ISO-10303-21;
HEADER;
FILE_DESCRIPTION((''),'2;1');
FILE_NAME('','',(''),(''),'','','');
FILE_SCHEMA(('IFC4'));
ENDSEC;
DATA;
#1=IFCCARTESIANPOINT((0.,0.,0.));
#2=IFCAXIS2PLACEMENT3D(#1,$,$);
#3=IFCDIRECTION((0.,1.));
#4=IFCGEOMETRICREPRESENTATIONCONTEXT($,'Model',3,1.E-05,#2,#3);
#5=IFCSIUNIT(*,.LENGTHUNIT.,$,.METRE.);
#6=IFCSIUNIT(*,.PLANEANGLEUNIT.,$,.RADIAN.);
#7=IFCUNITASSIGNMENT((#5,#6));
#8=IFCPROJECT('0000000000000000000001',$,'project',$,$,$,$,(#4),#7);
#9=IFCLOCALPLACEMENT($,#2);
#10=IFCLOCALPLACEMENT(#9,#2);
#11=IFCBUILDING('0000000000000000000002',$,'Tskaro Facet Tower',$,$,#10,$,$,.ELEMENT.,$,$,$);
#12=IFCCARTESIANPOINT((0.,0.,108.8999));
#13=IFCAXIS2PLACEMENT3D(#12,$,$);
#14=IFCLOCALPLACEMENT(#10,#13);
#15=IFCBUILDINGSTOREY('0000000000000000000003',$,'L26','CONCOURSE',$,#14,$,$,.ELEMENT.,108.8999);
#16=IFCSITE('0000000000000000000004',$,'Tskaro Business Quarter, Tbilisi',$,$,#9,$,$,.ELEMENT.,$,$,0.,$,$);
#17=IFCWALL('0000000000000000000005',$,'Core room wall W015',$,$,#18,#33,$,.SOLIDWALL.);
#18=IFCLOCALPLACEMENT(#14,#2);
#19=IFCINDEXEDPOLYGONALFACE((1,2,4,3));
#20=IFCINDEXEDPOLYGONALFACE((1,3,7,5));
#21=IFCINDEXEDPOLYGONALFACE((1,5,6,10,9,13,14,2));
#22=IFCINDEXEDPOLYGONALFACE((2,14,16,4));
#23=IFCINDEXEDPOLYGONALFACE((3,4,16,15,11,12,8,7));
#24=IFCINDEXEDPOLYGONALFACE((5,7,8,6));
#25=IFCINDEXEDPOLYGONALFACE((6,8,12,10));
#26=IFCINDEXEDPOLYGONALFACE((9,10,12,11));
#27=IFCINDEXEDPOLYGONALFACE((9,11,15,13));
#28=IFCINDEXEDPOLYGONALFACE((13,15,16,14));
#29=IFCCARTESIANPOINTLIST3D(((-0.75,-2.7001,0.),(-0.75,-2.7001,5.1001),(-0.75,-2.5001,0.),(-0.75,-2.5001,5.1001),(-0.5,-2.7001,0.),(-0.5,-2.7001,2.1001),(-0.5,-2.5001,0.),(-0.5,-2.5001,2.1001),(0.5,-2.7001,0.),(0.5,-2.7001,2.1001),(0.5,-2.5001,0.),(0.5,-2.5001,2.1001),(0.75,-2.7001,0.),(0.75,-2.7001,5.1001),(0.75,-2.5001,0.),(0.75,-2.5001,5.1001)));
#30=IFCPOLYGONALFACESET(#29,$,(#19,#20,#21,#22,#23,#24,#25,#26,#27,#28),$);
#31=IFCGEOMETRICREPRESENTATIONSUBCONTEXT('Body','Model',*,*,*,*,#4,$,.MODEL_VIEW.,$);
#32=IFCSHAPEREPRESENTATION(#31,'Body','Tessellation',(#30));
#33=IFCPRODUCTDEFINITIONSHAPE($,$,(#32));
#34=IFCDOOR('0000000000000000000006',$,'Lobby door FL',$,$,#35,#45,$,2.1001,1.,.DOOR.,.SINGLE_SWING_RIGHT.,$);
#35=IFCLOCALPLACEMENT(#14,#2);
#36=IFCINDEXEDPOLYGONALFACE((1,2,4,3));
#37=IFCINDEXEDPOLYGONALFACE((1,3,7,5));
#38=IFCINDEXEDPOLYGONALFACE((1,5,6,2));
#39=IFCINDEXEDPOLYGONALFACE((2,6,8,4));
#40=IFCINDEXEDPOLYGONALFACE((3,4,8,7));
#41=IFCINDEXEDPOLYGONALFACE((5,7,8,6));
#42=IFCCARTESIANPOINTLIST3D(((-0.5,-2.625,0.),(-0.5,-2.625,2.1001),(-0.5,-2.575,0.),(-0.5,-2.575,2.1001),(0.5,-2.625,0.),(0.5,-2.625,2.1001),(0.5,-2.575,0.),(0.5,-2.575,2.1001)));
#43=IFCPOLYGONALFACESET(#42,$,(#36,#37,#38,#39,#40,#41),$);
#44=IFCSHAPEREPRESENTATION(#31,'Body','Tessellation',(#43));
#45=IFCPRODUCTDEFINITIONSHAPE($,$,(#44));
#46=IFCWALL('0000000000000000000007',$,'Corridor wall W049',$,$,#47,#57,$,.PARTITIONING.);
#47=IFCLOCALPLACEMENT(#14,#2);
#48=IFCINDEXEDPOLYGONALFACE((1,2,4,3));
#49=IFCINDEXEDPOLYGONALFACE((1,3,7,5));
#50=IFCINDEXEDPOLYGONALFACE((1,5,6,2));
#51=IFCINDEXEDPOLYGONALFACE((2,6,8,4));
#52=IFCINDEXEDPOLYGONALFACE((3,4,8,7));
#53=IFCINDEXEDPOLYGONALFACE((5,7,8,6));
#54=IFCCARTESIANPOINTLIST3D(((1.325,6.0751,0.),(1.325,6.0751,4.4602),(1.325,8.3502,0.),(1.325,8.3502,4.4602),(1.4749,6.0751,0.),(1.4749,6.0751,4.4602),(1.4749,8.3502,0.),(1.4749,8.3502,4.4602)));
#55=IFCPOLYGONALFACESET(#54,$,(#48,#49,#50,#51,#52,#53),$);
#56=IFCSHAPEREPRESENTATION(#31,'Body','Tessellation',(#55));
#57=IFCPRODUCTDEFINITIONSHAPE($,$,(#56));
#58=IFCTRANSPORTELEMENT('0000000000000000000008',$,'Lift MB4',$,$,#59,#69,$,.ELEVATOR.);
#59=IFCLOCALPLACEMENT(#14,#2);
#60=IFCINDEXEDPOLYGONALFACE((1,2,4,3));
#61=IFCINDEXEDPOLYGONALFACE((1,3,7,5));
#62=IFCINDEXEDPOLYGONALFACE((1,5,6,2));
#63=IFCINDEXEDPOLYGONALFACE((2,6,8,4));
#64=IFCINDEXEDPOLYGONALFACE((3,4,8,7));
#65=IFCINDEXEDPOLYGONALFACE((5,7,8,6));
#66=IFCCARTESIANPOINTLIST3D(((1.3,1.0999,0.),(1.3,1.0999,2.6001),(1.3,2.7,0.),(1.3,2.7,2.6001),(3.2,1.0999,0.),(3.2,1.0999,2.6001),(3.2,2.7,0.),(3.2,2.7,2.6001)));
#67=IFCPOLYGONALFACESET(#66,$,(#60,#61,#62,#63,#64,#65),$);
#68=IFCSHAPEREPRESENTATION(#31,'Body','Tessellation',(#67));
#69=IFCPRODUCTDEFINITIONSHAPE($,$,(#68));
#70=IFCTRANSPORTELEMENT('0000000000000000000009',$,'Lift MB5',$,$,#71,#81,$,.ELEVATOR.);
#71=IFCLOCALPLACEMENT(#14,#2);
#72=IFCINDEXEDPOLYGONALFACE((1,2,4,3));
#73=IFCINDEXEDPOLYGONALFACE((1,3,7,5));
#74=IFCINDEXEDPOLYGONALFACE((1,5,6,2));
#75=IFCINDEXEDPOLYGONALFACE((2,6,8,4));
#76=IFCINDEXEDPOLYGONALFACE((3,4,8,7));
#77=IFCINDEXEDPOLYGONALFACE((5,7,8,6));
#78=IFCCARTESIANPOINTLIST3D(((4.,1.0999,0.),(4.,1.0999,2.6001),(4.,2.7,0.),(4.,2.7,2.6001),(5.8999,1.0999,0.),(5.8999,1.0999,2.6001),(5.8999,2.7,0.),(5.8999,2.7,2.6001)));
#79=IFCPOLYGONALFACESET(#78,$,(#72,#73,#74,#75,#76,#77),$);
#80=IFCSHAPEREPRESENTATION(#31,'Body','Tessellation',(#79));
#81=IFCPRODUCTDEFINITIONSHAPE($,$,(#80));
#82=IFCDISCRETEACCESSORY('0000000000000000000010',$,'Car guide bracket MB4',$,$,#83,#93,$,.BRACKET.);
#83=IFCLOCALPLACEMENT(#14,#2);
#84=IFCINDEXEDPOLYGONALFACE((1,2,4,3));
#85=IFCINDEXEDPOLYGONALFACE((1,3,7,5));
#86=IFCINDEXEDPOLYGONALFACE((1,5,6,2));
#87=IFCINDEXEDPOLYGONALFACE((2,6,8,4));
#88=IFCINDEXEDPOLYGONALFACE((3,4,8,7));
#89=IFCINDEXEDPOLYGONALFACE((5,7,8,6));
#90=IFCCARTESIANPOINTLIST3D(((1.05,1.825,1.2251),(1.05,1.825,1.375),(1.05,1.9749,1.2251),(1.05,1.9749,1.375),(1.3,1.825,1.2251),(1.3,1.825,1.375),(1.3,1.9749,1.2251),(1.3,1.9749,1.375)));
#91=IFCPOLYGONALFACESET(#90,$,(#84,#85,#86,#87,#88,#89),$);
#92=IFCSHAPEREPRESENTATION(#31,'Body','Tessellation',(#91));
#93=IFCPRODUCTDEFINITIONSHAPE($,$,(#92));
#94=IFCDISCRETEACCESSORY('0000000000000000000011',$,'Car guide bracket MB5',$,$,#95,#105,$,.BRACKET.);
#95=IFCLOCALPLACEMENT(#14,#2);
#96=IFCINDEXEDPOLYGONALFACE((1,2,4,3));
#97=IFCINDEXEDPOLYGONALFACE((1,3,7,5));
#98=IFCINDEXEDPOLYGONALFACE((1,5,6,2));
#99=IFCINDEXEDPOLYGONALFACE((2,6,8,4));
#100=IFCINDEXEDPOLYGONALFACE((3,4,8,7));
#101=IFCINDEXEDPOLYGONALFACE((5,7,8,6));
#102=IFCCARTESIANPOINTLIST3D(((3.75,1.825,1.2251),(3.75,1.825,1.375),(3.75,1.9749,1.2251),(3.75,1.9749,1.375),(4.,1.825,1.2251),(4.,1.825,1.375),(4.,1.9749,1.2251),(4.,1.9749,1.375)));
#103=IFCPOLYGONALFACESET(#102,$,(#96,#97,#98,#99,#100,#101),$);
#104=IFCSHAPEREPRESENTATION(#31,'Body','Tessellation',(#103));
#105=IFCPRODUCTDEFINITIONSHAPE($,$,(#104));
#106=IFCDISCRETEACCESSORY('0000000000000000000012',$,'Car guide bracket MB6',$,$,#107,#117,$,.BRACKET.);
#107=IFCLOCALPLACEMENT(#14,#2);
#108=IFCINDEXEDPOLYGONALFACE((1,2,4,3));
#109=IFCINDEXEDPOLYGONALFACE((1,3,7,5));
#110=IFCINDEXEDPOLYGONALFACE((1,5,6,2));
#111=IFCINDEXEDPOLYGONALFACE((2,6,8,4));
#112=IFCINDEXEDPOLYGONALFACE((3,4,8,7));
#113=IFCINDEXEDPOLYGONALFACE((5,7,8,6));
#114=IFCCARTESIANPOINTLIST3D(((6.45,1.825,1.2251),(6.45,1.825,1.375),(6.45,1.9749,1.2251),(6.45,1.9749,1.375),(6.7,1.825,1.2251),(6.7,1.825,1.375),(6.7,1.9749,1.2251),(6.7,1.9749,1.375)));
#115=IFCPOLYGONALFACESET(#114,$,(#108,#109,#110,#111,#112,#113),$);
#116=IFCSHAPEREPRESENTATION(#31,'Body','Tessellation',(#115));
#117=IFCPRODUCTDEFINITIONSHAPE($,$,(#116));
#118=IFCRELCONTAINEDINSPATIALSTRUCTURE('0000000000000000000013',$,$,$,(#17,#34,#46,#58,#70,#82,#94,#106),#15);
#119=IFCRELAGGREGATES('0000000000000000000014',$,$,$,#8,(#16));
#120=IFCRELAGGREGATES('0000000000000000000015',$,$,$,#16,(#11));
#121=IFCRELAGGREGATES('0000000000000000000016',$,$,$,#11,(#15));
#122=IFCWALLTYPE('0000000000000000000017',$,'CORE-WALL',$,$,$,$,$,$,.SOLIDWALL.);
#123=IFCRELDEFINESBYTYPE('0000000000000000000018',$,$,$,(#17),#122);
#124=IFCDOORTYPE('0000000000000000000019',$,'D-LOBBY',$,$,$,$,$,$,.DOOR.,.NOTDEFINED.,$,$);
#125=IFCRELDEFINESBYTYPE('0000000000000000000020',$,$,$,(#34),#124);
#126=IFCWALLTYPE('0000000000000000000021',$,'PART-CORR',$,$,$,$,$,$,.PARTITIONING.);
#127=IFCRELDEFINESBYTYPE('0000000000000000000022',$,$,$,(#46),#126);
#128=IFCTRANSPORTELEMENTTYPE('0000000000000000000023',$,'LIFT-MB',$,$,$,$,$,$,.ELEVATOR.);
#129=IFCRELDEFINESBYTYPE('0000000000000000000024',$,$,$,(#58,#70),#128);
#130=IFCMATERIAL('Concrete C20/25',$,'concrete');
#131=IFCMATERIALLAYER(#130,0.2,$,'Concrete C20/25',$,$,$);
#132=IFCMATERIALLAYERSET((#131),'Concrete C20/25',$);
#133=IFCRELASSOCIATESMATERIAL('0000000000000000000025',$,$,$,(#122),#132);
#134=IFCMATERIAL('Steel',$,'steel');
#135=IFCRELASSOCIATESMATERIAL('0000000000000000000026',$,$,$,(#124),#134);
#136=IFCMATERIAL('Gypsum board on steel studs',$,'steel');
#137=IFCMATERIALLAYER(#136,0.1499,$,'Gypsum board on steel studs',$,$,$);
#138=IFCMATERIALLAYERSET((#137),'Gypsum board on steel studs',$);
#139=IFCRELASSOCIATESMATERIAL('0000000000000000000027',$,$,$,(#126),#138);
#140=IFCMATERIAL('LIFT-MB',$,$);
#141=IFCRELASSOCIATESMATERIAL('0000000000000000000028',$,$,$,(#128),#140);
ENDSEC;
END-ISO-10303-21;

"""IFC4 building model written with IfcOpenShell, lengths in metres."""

from ifc_helpers import new_model, si_unit, direction, frame, frame_2d, origin, origin_2d, place, context, subcontext, project, spatial, rectangle, extrude, material, layer, layer_set, type_object, element, fill, save


model = new_model("IFC4")

# Units and contexts
model_context = context("Model", 3, precision=1e-05, world=origin(), true_north=direction((0.0, 1.0)))
body_context = subcontext(model_context, "Body", "Model", "MODEL_VIEW")
ifc_project = project(units=[si_unit("LENGTHUNIT", "METRE"), si_unit("PLANEANGLEUNIT", "RADIAN")], contexts=[model_context])

# Site, building, storey
site_placement = place(None, origin())
site = spatial("IfcSite", under=ifc_project, at=site_placement, Name="Tskaro Business Quarter, Tbilisi", CompositionType="ELEMENT", RefElevation=0.0)
building_placement = place(site_placement, origin())
building = spatial("IfcBuilding", under=site, at=building_placement, Name="Tskaro Facet Tower", CompositionType="ELEMENT")
storey_placement = place(building_placement, frame((0.0, 0.0, 108.8999)))
storey = spatial("IfcBuildingStorey", under=building, at=storey_placement, Name="L26", Description="CONCOURSE", CompositionType="ELEMENT", Elevation=108.8999)

# Wall, opening, door
ifc_material_1 = material(Name="Concrete C20/25", Category="concrete")
ifc_layer_1 = layer(ifc_material_1, 0.2, Name="Concrete C20/25")
ifc_layer_set_1 = layer_set([ifc_layer_1], Name="Concrete C20/25")
wall_type_1 = type_object("IfcWallType", Name="CORE-WALL", PredefinedType="SOLIDWALL", material=ifc_layer_set_1)
wall_1_placement = place(storey_placement, frame((0.75, -2.6001, 0.0), z_axis=(0.0, 0.0, 1.0), x_axis=(-1.0, 0.0, 0.0)))
wall_1 = element("IfcWall", 1, at=wall_1_placement, inside=storey, type_object=wall_type_1, Name="Core room wall W015", PredefinedType="SOLIDWALL", context=body_context, shape_type="SweptSolid", body=[
    extrude(rectangle(XDim=1.5, YDim=0.2, at=frame_2d((0.75, 0.0))), origin(), (0.0, 0.0, 1.0), 5.1001),
])
opening_1_placement = place(wall_1_placement, frame((0.25, 0.0, 0.0)))
opening_1 = element("IfcOpeningElement", 2, at=opening_1_placement, cuts=wall_1, PredefinedType="OPENING", context=body_context, shape_type="SweptSolid", body=[
    extrude(rectangle(XDim=1.0, YDim=2.1001, at=frame_2d((0.5, 1.05))), frame((0.0, 0.1099, 0.0), z_axis=(0.0, -1.0, 0.0), x_axis=(1.0, 0.0, 0.0)), (0.0, 0.0, 1.0), 0.22),
])
ifc_material_2 = material(Name="Steel", Category="steel")
door_type_1 = type_object("IfcDoorType", Name="D-LOBBY", OperationType="NOTDEFINED", PredefinedType="DOOR", material=ifc_material_2)
door_1_placement = place(opening_1_placement, origin())
door_1 = element("IfcDoor", 3, at=door_1_placement, inside=storey, type_object=door_type_1, Name="Lobby door FL", OperationType="SINGLE_SWING_RIGHT", OverallHeight=2.1001, OverallWidth=1.0, PredefinedType="DOOR", context=body_context, shape_type="SweptSolid", body=[
    extrude(rectangle(XDim=1.0, YDim=2.1001, at=frame_2d((0.5, 1.05))), frame((0.0, 0.0249, 0.0), z_axis=(0.0, -1.0, 0.0), x_axis=(1.0, 0.0, 0.0)), (0.0, 0.0, 1.0), 0.05),
])
fill(opening_1, door_1)

# Wall
ifc_material_3 = material(Name="Gypsum board on steel studs", Category="steel")
ifc_layer_2 = layer(ifc_material_3, 0.1499, Name="Gypsum board on steel studs")
ifc_layer_set_2 = layer_set([ifc_layer_2], Name="Gypsum board on steel studs")
wall_type_2 = type_object("IfcWallType", Name="PART-CORR", PredefinedType="PARTITIONING", material=ifc_layer_set_2)
wall_2_placement = place(storey_placement, frame((1.3999, 6.075, 0.0), z_axis=(0.0, 0.0, 1.0), x_axis=(0.0, 1.0, 0.0)))
element("IfcWall", 4, at=wall_2_placement, inside=storey, type_object=wall_type_2, Name="Corridor wall W049", PredefinedType="PARTITIONING", context=body_context, shape_type="SweptSolid", body=[
    extrude(rectangle(XDim=2.2751, YDim=0.1499, at=frame_2d((1.1377, 0.0))), origin(), (0.0, 0.0, 1.0), 4.4602),
])

# Transport elements
ifc_material_4 = material(Name="LIFT-MB")
transport_element_type = type_object("IfcTransportElementType", Name="LIFT-MB", PredefinedType="ELEVATOR", material=ifc_material_4)
for number, where, z_axis, x_axis, name in (
    (5, (2.25, 1.8999, 0.0), (0.0, 0.0, 1.0), (1.0, 0.0, 0.0), "Lift MB4"),
    (6, (4.95, 1.8999, 0.0), (0.0, 0.0, 1.0), (1.0, 0.0, 0.0), "Lift MB5"),
):
    element("IfcTransportElement", number, at=place(storey_placement, frame(where, z_axis=z_axis, x_axis=x_axis)), inside=storey, type_object=transport_element_type, Name=name, PredefinedType="ELEVATOR", context=body_context, shape_type="SweptSolid", body=[
        extrude(rectangle(XDim=1.8999, YDim=1.6001, at=origin_2d()), origin(), (0.0, 0.0, 1.0), 2.6001),
    ])

# Discrete accessories
for number, where, z_axis, x_axis, name in (
    (7, (1.175, 1.8999, 1.2251), (0.0, 0.0, 1.0), (1.0, 0.0, 0.0), "Car guide bracket MB4"),
    (8, (3.875, 1.8999, 1.2251), (0.0, 0.0, 1.0), (1.0, 0.0, 0.0), "Car guide bracket MB5"),
    (9, (6.575, 1.8999, 1.2251), (0.0, 0.0, 1.0), (1.0, 0.0, 0.0), "Car guide bracket MB6"),
):
    element("IfcDiscreteAccessory", number, at=place(storey_placement, frame(where, z_axis=z_axis, x_axis=x_axis)), inside=storey, Name=name, PredefinedType="BRACKET", context=body_context, shape_type="SweptSolid", body=[
        extrude(rectangle(XDim=0.25, YDim=0.1499, at=origin_2d()), origin(), (0.0, 0.0, 1.0), 0.1499),
    ])

save(model, "model.ifc")
